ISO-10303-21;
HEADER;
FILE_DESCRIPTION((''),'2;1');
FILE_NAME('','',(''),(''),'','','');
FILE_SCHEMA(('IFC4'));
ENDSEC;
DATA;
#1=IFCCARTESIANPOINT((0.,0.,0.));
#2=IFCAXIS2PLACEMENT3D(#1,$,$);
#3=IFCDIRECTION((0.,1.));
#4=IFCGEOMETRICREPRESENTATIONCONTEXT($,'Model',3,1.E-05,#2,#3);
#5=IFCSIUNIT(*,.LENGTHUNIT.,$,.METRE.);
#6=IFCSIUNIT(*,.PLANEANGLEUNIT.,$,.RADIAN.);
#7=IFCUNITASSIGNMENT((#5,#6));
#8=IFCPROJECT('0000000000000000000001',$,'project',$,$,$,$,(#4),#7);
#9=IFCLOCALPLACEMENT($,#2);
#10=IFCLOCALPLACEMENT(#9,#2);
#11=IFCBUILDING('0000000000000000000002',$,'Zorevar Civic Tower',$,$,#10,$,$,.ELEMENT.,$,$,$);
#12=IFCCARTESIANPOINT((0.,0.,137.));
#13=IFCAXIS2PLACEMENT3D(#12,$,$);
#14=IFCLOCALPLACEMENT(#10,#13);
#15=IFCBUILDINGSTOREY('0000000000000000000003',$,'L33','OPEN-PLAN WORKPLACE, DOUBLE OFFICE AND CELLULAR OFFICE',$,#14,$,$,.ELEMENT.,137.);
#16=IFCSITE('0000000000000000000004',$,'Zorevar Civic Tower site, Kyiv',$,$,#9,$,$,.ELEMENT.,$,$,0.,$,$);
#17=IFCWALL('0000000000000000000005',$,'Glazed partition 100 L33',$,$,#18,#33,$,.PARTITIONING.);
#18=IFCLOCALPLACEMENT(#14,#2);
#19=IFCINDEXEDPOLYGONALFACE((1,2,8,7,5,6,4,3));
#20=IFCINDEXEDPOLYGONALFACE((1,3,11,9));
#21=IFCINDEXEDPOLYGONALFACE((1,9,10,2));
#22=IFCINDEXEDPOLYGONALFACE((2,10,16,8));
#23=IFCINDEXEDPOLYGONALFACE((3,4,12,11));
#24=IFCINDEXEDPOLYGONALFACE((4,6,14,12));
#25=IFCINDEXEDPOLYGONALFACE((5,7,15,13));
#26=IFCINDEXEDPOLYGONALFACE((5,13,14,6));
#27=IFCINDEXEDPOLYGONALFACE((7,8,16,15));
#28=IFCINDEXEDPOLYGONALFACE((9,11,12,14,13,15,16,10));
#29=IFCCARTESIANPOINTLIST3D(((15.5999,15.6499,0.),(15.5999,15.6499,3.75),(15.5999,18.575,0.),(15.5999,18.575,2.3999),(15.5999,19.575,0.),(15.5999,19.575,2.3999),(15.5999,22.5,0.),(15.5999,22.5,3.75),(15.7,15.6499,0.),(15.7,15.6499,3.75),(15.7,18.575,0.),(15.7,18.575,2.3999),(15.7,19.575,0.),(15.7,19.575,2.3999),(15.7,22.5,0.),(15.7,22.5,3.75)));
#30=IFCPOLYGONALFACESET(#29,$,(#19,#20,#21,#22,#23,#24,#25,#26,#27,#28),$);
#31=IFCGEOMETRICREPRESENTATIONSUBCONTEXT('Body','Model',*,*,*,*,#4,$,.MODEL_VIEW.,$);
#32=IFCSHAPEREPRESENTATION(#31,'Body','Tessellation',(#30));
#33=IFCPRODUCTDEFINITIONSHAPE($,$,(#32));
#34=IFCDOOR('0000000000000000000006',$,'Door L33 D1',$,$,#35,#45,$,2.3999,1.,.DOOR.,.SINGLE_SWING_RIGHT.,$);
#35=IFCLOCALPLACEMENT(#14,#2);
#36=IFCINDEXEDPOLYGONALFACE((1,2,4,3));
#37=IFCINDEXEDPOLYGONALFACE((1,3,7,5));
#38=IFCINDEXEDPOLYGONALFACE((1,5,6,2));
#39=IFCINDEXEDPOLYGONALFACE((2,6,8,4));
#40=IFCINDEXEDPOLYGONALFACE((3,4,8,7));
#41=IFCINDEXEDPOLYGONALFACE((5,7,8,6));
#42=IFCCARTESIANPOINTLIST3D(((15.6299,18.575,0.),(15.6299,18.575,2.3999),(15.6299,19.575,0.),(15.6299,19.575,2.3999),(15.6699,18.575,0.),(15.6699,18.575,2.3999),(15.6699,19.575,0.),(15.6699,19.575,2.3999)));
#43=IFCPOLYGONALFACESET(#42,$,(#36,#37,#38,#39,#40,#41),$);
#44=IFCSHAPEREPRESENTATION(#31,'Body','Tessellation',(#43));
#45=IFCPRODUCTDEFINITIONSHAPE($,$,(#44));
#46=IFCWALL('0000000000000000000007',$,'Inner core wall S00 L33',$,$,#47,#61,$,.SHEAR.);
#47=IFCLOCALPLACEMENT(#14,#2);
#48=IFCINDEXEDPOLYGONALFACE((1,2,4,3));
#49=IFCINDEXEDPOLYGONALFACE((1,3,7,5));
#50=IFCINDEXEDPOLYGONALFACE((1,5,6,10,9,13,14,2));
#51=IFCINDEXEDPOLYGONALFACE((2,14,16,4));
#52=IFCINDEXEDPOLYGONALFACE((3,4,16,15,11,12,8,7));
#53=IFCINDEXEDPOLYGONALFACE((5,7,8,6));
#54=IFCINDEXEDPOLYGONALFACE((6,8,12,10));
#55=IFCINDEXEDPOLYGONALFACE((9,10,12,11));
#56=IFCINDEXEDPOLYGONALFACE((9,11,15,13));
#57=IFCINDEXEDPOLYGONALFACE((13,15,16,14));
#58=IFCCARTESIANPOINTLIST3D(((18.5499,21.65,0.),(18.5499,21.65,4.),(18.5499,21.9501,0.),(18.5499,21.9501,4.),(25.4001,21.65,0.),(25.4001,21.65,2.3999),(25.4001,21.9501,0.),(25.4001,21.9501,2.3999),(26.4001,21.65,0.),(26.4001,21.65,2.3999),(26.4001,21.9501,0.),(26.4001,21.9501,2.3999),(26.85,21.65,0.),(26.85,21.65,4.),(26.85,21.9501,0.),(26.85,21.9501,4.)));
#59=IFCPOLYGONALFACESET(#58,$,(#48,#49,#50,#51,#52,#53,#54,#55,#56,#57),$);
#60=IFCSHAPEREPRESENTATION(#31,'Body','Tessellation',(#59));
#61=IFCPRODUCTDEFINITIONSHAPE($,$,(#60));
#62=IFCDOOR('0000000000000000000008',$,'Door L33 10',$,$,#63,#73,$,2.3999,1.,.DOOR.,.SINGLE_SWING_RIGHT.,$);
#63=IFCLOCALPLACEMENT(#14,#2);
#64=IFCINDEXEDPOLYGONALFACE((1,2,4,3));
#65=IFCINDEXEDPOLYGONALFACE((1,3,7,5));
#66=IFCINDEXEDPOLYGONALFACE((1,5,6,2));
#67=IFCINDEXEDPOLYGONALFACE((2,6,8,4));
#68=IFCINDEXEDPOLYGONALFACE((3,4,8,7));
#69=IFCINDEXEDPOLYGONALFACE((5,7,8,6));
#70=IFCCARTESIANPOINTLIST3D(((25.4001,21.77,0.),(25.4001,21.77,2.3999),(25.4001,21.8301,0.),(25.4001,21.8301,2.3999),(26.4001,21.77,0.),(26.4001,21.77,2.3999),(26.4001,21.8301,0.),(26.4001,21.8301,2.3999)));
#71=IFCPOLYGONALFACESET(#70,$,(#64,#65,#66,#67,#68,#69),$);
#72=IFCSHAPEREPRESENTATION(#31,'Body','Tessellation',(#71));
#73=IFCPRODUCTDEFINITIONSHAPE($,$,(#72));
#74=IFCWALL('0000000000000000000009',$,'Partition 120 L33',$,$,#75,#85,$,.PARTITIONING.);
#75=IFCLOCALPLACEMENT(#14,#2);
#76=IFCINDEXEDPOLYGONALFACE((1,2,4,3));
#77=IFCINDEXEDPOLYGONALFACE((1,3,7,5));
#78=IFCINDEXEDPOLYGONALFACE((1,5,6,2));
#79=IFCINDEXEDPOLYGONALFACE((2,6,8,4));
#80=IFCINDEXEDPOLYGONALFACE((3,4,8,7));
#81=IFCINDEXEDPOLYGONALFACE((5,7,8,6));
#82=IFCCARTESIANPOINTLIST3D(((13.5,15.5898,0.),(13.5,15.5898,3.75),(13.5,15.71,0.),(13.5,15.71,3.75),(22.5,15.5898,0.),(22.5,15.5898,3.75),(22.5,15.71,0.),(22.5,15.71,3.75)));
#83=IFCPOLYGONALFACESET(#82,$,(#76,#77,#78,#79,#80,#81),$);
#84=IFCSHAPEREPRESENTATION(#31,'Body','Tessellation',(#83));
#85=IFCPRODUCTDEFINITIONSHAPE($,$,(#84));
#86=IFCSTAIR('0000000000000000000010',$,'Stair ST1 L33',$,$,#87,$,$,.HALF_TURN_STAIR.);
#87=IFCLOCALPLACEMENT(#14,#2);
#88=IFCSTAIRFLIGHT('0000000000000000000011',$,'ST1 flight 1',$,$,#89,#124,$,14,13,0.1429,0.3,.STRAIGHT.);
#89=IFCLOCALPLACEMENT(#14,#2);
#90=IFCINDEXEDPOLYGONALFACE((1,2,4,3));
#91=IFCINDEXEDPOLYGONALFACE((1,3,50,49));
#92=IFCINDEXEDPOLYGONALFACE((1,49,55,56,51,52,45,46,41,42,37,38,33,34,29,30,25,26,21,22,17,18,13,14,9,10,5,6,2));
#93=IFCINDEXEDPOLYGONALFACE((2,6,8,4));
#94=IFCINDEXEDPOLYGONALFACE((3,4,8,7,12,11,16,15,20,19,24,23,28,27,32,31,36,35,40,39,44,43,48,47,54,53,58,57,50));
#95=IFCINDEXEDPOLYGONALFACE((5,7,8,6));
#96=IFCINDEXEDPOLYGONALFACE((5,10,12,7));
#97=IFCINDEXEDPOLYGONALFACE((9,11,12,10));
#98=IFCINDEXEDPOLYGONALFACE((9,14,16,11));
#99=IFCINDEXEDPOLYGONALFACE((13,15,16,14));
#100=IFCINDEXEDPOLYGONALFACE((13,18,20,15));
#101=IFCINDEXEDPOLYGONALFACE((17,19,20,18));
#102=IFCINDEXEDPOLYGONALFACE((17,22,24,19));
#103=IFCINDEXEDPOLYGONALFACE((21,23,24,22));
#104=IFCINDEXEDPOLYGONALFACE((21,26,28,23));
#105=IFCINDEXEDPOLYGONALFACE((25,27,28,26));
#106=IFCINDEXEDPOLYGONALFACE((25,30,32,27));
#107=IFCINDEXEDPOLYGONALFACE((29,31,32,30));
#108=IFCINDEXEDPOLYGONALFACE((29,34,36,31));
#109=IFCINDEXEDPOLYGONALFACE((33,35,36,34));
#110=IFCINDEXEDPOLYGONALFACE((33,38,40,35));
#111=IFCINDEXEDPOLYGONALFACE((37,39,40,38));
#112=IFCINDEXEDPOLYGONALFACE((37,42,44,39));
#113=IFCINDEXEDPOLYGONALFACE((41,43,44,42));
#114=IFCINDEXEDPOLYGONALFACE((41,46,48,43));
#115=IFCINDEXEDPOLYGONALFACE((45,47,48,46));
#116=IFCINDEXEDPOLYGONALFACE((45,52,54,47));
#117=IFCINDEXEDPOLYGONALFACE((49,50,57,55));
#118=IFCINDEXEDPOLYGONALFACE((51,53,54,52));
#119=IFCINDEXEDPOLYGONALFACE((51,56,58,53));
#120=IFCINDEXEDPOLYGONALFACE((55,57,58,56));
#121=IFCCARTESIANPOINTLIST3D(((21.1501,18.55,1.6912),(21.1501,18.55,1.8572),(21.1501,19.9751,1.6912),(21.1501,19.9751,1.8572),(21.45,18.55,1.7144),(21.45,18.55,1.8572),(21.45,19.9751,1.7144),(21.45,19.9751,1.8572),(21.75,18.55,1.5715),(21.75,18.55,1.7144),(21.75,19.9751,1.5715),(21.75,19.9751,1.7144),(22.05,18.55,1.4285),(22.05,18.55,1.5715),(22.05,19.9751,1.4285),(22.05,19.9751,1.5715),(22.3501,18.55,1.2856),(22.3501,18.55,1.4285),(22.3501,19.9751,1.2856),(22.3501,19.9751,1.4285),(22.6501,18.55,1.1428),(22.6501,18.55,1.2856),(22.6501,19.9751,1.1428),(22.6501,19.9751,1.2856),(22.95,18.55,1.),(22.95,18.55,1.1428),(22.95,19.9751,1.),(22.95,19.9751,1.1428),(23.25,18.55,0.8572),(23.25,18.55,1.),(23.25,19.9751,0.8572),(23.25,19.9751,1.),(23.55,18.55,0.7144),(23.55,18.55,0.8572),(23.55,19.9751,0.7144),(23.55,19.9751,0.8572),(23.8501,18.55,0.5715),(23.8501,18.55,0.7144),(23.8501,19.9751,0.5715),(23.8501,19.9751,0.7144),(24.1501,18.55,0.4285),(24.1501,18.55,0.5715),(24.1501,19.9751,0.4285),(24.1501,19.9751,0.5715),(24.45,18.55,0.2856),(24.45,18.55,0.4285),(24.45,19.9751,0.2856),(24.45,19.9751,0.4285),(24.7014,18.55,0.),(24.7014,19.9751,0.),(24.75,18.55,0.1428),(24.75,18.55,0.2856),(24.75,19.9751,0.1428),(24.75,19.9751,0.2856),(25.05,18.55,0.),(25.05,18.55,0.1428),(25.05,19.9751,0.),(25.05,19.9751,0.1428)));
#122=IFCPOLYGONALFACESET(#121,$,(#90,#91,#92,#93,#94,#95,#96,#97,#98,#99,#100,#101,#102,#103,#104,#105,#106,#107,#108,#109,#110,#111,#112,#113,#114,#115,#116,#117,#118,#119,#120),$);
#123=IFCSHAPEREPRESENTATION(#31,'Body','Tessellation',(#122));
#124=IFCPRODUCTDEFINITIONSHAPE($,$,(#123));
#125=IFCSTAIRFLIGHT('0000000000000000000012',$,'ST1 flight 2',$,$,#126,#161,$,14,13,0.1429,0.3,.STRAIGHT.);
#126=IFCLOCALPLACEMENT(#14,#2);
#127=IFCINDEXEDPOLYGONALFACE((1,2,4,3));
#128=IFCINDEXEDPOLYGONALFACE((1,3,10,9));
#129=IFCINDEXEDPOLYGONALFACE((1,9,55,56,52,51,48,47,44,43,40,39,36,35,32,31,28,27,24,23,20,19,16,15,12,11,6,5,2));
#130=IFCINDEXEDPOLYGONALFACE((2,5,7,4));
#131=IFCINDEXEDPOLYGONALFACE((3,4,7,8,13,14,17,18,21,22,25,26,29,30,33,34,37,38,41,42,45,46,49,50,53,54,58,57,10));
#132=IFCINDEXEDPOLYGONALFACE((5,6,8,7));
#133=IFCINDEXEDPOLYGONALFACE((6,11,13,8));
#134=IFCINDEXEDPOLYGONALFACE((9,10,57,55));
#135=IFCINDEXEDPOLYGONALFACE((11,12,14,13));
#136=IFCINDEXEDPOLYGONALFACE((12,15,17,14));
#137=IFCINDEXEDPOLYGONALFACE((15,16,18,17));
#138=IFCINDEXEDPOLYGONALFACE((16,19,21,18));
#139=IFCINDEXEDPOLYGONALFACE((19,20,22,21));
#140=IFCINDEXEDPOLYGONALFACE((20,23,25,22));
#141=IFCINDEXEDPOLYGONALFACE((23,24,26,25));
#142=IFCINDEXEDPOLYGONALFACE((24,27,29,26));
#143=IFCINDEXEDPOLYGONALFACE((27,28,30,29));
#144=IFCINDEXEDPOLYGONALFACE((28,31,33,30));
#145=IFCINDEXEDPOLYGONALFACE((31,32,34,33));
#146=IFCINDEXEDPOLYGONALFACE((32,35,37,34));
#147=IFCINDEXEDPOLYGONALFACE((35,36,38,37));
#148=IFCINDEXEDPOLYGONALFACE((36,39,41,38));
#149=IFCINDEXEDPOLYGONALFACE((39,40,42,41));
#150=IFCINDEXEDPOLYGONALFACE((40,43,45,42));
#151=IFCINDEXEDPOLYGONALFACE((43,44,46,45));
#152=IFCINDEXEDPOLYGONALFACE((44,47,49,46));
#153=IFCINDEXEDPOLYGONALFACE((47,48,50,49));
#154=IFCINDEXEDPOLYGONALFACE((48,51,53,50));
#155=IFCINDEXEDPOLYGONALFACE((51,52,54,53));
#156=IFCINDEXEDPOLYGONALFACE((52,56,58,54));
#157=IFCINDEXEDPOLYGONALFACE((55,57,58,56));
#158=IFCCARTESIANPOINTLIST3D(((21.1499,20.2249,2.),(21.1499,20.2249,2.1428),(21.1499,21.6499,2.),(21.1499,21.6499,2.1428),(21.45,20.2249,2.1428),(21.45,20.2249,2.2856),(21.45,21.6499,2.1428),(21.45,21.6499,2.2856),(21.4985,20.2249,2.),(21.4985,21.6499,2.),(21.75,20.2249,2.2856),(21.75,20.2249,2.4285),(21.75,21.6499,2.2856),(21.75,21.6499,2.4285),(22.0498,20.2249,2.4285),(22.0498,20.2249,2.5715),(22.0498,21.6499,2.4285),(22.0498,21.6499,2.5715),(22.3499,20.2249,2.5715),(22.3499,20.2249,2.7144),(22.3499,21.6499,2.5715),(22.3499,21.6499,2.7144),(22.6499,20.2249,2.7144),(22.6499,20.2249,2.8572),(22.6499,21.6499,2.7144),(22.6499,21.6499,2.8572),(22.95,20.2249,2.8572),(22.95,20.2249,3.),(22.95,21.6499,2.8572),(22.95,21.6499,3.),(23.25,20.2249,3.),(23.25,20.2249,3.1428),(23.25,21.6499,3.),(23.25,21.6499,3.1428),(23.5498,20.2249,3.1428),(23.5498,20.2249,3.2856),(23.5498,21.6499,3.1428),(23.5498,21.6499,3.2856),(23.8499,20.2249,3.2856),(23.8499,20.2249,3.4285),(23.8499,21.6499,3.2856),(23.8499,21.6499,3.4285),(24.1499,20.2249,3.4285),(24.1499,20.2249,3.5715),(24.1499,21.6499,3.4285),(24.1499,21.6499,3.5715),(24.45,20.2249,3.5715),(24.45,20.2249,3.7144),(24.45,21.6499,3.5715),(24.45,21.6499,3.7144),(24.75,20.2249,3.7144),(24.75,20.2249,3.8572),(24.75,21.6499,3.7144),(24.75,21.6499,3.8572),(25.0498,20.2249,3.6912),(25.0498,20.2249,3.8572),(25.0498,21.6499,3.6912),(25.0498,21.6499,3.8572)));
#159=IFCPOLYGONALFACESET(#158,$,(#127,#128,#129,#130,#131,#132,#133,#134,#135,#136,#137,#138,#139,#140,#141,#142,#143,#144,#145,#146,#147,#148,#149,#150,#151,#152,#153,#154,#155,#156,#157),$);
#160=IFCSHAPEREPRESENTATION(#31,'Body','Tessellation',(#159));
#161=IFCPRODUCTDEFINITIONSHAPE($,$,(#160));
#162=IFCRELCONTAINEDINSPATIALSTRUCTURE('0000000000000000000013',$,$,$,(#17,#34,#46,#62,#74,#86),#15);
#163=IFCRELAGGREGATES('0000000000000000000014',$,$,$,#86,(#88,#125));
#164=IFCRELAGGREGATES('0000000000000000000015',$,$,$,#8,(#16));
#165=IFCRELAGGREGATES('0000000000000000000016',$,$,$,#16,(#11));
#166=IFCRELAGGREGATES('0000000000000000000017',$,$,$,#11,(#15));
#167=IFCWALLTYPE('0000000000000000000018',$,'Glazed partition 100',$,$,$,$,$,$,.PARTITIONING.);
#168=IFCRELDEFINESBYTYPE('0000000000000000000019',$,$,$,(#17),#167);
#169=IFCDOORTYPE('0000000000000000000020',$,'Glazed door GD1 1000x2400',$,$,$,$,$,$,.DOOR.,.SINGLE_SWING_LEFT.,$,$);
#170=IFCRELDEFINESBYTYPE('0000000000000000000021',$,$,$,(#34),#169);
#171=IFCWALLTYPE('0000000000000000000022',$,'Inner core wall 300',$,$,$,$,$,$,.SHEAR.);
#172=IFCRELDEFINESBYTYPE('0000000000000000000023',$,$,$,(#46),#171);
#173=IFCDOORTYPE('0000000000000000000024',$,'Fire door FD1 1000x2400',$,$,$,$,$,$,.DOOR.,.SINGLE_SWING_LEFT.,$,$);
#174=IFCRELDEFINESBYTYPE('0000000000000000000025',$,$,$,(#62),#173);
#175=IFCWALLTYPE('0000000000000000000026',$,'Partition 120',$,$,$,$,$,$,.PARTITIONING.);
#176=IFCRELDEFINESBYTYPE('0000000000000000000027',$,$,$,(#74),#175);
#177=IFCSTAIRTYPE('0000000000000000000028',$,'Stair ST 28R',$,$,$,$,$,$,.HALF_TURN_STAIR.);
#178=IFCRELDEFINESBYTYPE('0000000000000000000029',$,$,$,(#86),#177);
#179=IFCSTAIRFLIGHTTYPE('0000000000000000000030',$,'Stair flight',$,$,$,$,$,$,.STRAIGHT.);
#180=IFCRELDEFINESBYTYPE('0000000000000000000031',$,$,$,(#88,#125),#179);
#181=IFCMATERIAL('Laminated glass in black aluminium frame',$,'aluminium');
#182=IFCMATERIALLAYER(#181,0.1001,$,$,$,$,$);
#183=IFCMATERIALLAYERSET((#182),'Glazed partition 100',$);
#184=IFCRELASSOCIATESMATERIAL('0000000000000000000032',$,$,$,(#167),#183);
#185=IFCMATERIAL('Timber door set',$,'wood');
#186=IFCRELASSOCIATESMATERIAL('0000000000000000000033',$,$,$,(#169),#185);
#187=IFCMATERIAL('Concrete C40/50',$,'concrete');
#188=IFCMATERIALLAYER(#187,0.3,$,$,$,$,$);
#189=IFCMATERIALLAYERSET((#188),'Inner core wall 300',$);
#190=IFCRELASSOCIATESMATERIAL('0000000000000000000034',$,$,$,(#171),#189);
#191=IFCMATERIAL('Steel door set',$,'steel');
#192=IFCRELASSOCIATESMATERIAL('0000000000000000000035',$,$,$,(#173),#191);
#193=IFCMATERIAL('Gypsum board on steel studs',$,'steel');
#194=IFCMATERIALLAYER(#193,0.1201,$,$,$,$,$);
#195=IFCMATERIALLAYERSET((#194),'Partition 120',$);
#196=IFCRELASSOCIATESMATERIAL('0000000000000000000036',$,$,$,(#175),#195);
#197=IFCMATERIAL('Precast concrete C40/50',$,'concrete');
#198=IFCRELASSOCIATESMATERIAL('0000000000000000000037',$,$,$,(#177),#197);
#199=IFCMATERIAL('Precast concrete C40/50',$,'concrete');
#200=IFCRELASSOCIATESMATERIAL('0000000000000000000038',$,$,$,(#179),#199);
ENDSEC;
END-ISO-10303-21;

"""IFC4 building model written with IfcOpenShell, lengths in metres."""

from ifc_helpers import new_model, si_unit, direction, frame, frame_2d, origin, place, context, subcontext, project, spatial, polyline, rectangle, outline, extrude, material, layer, layer_set, type_object, element, fill, aggregate, save


model = new_model("IFC4")

# Units and contexts
model_context = context("Model", 3, precision=1e-05, world=origin(), true_north=direction((0.0, 1.0)))
body_context = subcontext(model_context, "Body", "Model", "MODEL_VIEW")
ifc_project = project(units=[si_unit("LENGTHUNIT", "METRE"), si_unit("PLANEANGLEUNIT", "RADIAN")], contexts=[model_context])

# Site, building, storey
site_placement = place(None, origin())
site = spatial("IfcSite", under=ifc_project, at=site_placement, Name="Zorevar Civic Tower site, Kyiv", CompositionType="ELEMENT", RefElevation=0.0)
building_placement = place(site_placement, origin())
building = spatial("IfcBuilding", under=site, at=building_placement, Name="Zorevar Civic Tower", CompositionType="ELEMENT")
storey_placement = place(building_placement, frame((0.0, 0.0, 137.0)))
storey = spatial("IfcBuildingStorey", under=building, at=storey_placement, Name="L33", Description="OPEN-PLAN WORKPLACE, DOUBLE OFFICE AND CELLULAR OFFICE", CompositionType="ELEMENT", Elevation=137.0)

# Walls, openings, doors
ifc_material_1 = material(Name="Laminated glass in black aluminium frame", Category="aluminium")
ifc_layer_1 = layer(ifc_material_1, 0.1001)
ifc_layer_set_1 = layer_set([ifc_layer_1], Name="Glazed partition 100")
wall_type_1 = type_object("IfcWallType", Name="Glazed partition 100", PredefinedType="PARTITIONING", material=ifc_layer_set_1)
wall_1_placement = place(storey_placement, frame((15.6499, 15.6499, 0.0), z_axis=(0.0, 0.0, 1.0), x_axis=(0.0, 1.0, 0.0)))
wall_1 = element("IfcWall", 1, at=wall_1_placement, inside=storey, type_object=wall_type_1, Name="Glazed partition 100 L33", PredefinedType="PARTITIONING", context=body_context, shape_type="SweptSolid", body=[
    extrude(rectangle(XDim=6.8501, YDim=0.1001, at=frame_2d((3.425, 0.0))), origin(), (0.0, 0.0, 1.0), 3.75),
])
opening_1_placement = place(wall_1_placement, frame((2.925, 0.0, 0.0)))
opening_1 = element("IfcOpeningElement", 2, at=opening_1_placement, cuts=wall_1, PredefinedType="OPENING", context=body_context, shape_type="SweptSolid", body=[
    extrude(rectangle(XDim=1.0, YDim=2.3999, at=frame_2d((0.5, 1.2))), frame((0.0, 0.0601, 0.0), z_axis=(0.0, -1.0, 0.0), x_axis=(1.0, 0.0, 0.0)), (0.0, 0.0, 1.0), 0.1201),
])
ifc_material_2 = material(Name="Timber door set", Category="wood")
door_type_1 = type_object("IfcDoorType", Name="Glazed door GD1 1000x2400", OperationType="SINGLE_SWING_LEFT", PredefinedType="DOOR", material=ifc_material_2)
door_1_placement = place(opening_1_placement, origin())
door_1 = element("IfcDoor", 3, at=door_1_placement, inside=storey, type_object=door_type_1, Name="Door L33 D1", OperationType="SINGLE_SWING_RIGHT", OverallHeight=2.3999, OverallWidth=1.0, PredefinedType="DOOR", context=body_context, shape_type="SweptSolid", body=[
    extrude(rectangle(XDim=1.0, YDim=2.3999, at=frame_2d((0.5, 1.2))), frame((0.0, 0.02, 0.0), z_axis=(0.0, -1.0, 0.0), x_axis=(1.0, 0.0, 0.0)), (0.0, 0.0, 1.0), 0.04),
])
fill(opening_1, door_1)
ifc_material_3 = material(Name="Concrete C40/50", Category="concrete")
ifc_layer_2 = layer(ifc_material_3, 0.3)
ifc_layer_set_2 = layer_set([ifc_layer_2], Name="Inner core wall 300")
wall_type_2 = type_object("IfcWallType", Name="Inner core wall 300", PredefinedType="SHEAR", material=ifc_layer_set_2)
wall_2_placement = place(storey_placement, frame((18.55, 21.8, 0.0), z_axis=(0.0, 0.0, 1.0), x_axis=(1.0, 0.0, 0.0)))
wall_2 = element("IfcWall", 4, at=wall_2_placement, inside=storey, type_object=wall_type_2, Name="Inner core wall S00 L33", PredefinedType="SHEAR", context=body_context, shape_type="SweptSolid", body=[
    extrude(rectangle(XDim=8.3, YDim=0.3, at=frame_2d((4.1499, 0.0))), origin(), (0.0, 0.0, 1.0), 4.0),
])
opening_2_placement = place(wall_2_placement, frame((6.8501, 0.0, 0.0)))
opening_2 = element("IfcOpeningElement", 5, at=opening_2_placement, cuts=wall_2, PredefinedType="OPENING", context=body_context, shape_type="SweptSolid", body=[
    extrude(rectangle(XDim=1.0, YDim=2.3999, at=frame_2d((0.5, 1.2))), frame((0.0, 0.1599, 0.0), z_axis=(0.0, -1.0, 0.0), x_axis=(1.0, 0.0, 0.0)), (0.0, 0.0, 1.0), 0.3201),
])
ifc_material_4 = material(Name="Steel door set", Category="steel")
door_type_2 = type_object("IfcDoorType", Name="Fire door FD1 1000x2400", OperationType="SINGLE_SWING_LEFT", PredefinedType="DOOR", material=ifc_material_4)
door_2_placement = place(opening_2_placement, origin())
door_2 = element("IfcDoor", 6, at=door_2_placement, inside=storey, type_object=door_type_2, Name="Door L33 10", OperationType="SINGLE_SWING_RIGHT", OverallHeight=2.3999, OverallWidth=1.0, PredefinedType="DOOR", context=body_context, shape_type="SweptSolid", body=[
    extrude(rectangle(XDim=1.0, YDim=2.3999, at=frame_2d((0.5, 1.2))), frame((0.0, 0.03, 0.0), z_axis=(0.0, -1.0, 0.0), x_axis=(1.0, 0.0, 0.0)), (0.0, 0.0, 1.0), 0.0601),
])
fill(opening_2, door_2)

# Wall
ifc_material_5 = material(Name="Gypsum board on steel studs", Category="steel")
ifc_layer_3 = layer(ifc_material_5, 0.1201)
ifc_layer_set_3 = layer_set([ifc_layer_3], Name="Partition 120")
wall_type_3 = type_object("IfcWallType", Name="Partition 120", PredefinedType="PARTITIONING", material=ifc_layer_set_3)
wall_3_placement = place(storey_placement, frame((13.5, 15.6499, 0.0), z_axis=(0.0, 0.0, 1.0), x_axis=(1.0, 0.0, 0.0)))
element("IfcWall", 7, at=wall_3_placement, inside=storey, type_object=wall_type_3, Name="Partition 120 L33", PredefinedType="PARTITIONING", context=body_context, shape_type="SweptSolid", body=[
    extrude(rectangle(XDim=9.0, YDim=0.1201, at=frame_2d((4.5, 0.0))), origin(), (0.0, 0.0, 1.0), 3.75),
])

# Stair, stair flights
ifc_material_6 = material(Name="Precast concrete C40/50", Category="concrete")
stair_type = type_object("IfcStairType", Name="Stair ST 28R", PredefinedType="HALF_TURN_STAIR", material=ifc_material_6)
stair_placement = place(storey_placement, origin())
stair = element("IfcStair", 8, at=stair_placement, inside=storey, type_object=stair_type, Name="Stair ST1 L33", PredefinedType="HALF_TURN_STAIR")
ifc_material_7 = material(Name="Precast concrete C40/50", Category="concrete")
stair_flight_type = type_object("IfcStairFlightType", Name="Stair flight", PredefinedType="STRAIGHT", material=ifc_material_7)
stair_flight_1_placement = place(storey_placement, frame((25.05, 19.2625, 0.0), z_axis=(0.0, 0.0, 1.0), x_axis=(-1.0, 0.0, 0.0)))
stair_flight_1 = element("IfcStairFlight", 9, at=stair_flight_1_placement, type_object=stair_flight_type, Name="ST1 flight 1", NumberOfRisers=14, NumberOfTreads=13, PredefinedType="STRAIGHT", RiserHeight=0.1429, TreadLength=0.3, context=body_context, shape_type="SweptSolid", body=[
    extrude(outline(polyline([(0.0, 0.0), (0.0, 0.1428), (0.3, 0.1428), (0.3, 0.2856), (0.6001, 0.2856), (0.6001, 0.4285), (0.8999, 0.4285), (0.8999, 0.5715), (1.2, 0.5715), (1.2, 0.7144), (1.5, 0.7144), (1.5, 0.8572), (1.8, 0.8572), (1.8, 1.0), (2.1001, 1.0), (2.1001, 1.1428), (2.3999, 1.1428), (2.3999, 1.2856), (2.7, 1.2856), (2.7, 1.4285), (3.0, 1.4285), (3.0, 1.5715), (3.3, 1.5715), (3.3, 1.7144), (3.6001, 1.7144), (3.6001, 1.8572), (3.8999, 1.8572), (3.8999, 2.0), (3.8999, 1.6912), (0.3486, 0.0), (0.0, 0.0)])), frame((0.0, 0.7124, 0.0), z_axis=(0.0, -1.0, 0.0), x_axis=(1.0, 0.0, 0.0)), (0.0, 0.0, 1.0), 1.425),
])
stair_flight_2_placement = place(storey_placement, frame((21.1499, 20.9375, 2.0), z_axis=(0.0, 0.0, 1.0), x_axis=(1.0, 0.0, 0.0)))
stair_flight_2 = element("IfcStairFlight", 10, at=stair_flight_2_placement, type_object=stair_flight_type, Name="ST1 flight 2", NumberOfRisers=14, NumberOfTreads=13, PredefinedType="STRAIGHT", RiserHeight=0.1429, TreadLength=0.3, context=body_context, shape_type="SweptSolid", body=[
    extrude(outline(polyline([(0.0, 0.0), (0.0, 0.1428), (0.3, 0.1428), (0.3, 0.2856), (0.6001, 0.2856), (0.6001, 0.4285), (0.8999, 0.4285), (0.8999, 0.5715), (1.2, 0.5715), (1.2, 0.7144), (1.5, 0.7144), (1.5, 0.8572), (1.8, 0.8572), (1.8, 1.0), (2.1001, 1.0), (2.1001, 1.1428), (2.3999, 1.1428), (2.3999, 1.2856), (2.7, 1.2856), (2.7, 1.4285), (3.0, 1.4285), (3.0, 1.5715), (3.3, 1.5715), (3.3, 1.7144), (3.6001, 1.7144), (3.6001, 1.8572), (3.8999, 1.8572), (3.8999, 2.0), (3.8999, 1.6912), (0.3486, 0.0), (0.0, 0.0)])), frame((0.0, 0.7124, 0.0), z_axis=(0.0, -1.0, 0.0), x_axis=(1.0, 0.0, 0.0)), (0.0, 0.0, 1.0), 1.425),
])
aggregate(stair, [stair_flight_1, stair_flight_2])

save(model, "model.ifc")
